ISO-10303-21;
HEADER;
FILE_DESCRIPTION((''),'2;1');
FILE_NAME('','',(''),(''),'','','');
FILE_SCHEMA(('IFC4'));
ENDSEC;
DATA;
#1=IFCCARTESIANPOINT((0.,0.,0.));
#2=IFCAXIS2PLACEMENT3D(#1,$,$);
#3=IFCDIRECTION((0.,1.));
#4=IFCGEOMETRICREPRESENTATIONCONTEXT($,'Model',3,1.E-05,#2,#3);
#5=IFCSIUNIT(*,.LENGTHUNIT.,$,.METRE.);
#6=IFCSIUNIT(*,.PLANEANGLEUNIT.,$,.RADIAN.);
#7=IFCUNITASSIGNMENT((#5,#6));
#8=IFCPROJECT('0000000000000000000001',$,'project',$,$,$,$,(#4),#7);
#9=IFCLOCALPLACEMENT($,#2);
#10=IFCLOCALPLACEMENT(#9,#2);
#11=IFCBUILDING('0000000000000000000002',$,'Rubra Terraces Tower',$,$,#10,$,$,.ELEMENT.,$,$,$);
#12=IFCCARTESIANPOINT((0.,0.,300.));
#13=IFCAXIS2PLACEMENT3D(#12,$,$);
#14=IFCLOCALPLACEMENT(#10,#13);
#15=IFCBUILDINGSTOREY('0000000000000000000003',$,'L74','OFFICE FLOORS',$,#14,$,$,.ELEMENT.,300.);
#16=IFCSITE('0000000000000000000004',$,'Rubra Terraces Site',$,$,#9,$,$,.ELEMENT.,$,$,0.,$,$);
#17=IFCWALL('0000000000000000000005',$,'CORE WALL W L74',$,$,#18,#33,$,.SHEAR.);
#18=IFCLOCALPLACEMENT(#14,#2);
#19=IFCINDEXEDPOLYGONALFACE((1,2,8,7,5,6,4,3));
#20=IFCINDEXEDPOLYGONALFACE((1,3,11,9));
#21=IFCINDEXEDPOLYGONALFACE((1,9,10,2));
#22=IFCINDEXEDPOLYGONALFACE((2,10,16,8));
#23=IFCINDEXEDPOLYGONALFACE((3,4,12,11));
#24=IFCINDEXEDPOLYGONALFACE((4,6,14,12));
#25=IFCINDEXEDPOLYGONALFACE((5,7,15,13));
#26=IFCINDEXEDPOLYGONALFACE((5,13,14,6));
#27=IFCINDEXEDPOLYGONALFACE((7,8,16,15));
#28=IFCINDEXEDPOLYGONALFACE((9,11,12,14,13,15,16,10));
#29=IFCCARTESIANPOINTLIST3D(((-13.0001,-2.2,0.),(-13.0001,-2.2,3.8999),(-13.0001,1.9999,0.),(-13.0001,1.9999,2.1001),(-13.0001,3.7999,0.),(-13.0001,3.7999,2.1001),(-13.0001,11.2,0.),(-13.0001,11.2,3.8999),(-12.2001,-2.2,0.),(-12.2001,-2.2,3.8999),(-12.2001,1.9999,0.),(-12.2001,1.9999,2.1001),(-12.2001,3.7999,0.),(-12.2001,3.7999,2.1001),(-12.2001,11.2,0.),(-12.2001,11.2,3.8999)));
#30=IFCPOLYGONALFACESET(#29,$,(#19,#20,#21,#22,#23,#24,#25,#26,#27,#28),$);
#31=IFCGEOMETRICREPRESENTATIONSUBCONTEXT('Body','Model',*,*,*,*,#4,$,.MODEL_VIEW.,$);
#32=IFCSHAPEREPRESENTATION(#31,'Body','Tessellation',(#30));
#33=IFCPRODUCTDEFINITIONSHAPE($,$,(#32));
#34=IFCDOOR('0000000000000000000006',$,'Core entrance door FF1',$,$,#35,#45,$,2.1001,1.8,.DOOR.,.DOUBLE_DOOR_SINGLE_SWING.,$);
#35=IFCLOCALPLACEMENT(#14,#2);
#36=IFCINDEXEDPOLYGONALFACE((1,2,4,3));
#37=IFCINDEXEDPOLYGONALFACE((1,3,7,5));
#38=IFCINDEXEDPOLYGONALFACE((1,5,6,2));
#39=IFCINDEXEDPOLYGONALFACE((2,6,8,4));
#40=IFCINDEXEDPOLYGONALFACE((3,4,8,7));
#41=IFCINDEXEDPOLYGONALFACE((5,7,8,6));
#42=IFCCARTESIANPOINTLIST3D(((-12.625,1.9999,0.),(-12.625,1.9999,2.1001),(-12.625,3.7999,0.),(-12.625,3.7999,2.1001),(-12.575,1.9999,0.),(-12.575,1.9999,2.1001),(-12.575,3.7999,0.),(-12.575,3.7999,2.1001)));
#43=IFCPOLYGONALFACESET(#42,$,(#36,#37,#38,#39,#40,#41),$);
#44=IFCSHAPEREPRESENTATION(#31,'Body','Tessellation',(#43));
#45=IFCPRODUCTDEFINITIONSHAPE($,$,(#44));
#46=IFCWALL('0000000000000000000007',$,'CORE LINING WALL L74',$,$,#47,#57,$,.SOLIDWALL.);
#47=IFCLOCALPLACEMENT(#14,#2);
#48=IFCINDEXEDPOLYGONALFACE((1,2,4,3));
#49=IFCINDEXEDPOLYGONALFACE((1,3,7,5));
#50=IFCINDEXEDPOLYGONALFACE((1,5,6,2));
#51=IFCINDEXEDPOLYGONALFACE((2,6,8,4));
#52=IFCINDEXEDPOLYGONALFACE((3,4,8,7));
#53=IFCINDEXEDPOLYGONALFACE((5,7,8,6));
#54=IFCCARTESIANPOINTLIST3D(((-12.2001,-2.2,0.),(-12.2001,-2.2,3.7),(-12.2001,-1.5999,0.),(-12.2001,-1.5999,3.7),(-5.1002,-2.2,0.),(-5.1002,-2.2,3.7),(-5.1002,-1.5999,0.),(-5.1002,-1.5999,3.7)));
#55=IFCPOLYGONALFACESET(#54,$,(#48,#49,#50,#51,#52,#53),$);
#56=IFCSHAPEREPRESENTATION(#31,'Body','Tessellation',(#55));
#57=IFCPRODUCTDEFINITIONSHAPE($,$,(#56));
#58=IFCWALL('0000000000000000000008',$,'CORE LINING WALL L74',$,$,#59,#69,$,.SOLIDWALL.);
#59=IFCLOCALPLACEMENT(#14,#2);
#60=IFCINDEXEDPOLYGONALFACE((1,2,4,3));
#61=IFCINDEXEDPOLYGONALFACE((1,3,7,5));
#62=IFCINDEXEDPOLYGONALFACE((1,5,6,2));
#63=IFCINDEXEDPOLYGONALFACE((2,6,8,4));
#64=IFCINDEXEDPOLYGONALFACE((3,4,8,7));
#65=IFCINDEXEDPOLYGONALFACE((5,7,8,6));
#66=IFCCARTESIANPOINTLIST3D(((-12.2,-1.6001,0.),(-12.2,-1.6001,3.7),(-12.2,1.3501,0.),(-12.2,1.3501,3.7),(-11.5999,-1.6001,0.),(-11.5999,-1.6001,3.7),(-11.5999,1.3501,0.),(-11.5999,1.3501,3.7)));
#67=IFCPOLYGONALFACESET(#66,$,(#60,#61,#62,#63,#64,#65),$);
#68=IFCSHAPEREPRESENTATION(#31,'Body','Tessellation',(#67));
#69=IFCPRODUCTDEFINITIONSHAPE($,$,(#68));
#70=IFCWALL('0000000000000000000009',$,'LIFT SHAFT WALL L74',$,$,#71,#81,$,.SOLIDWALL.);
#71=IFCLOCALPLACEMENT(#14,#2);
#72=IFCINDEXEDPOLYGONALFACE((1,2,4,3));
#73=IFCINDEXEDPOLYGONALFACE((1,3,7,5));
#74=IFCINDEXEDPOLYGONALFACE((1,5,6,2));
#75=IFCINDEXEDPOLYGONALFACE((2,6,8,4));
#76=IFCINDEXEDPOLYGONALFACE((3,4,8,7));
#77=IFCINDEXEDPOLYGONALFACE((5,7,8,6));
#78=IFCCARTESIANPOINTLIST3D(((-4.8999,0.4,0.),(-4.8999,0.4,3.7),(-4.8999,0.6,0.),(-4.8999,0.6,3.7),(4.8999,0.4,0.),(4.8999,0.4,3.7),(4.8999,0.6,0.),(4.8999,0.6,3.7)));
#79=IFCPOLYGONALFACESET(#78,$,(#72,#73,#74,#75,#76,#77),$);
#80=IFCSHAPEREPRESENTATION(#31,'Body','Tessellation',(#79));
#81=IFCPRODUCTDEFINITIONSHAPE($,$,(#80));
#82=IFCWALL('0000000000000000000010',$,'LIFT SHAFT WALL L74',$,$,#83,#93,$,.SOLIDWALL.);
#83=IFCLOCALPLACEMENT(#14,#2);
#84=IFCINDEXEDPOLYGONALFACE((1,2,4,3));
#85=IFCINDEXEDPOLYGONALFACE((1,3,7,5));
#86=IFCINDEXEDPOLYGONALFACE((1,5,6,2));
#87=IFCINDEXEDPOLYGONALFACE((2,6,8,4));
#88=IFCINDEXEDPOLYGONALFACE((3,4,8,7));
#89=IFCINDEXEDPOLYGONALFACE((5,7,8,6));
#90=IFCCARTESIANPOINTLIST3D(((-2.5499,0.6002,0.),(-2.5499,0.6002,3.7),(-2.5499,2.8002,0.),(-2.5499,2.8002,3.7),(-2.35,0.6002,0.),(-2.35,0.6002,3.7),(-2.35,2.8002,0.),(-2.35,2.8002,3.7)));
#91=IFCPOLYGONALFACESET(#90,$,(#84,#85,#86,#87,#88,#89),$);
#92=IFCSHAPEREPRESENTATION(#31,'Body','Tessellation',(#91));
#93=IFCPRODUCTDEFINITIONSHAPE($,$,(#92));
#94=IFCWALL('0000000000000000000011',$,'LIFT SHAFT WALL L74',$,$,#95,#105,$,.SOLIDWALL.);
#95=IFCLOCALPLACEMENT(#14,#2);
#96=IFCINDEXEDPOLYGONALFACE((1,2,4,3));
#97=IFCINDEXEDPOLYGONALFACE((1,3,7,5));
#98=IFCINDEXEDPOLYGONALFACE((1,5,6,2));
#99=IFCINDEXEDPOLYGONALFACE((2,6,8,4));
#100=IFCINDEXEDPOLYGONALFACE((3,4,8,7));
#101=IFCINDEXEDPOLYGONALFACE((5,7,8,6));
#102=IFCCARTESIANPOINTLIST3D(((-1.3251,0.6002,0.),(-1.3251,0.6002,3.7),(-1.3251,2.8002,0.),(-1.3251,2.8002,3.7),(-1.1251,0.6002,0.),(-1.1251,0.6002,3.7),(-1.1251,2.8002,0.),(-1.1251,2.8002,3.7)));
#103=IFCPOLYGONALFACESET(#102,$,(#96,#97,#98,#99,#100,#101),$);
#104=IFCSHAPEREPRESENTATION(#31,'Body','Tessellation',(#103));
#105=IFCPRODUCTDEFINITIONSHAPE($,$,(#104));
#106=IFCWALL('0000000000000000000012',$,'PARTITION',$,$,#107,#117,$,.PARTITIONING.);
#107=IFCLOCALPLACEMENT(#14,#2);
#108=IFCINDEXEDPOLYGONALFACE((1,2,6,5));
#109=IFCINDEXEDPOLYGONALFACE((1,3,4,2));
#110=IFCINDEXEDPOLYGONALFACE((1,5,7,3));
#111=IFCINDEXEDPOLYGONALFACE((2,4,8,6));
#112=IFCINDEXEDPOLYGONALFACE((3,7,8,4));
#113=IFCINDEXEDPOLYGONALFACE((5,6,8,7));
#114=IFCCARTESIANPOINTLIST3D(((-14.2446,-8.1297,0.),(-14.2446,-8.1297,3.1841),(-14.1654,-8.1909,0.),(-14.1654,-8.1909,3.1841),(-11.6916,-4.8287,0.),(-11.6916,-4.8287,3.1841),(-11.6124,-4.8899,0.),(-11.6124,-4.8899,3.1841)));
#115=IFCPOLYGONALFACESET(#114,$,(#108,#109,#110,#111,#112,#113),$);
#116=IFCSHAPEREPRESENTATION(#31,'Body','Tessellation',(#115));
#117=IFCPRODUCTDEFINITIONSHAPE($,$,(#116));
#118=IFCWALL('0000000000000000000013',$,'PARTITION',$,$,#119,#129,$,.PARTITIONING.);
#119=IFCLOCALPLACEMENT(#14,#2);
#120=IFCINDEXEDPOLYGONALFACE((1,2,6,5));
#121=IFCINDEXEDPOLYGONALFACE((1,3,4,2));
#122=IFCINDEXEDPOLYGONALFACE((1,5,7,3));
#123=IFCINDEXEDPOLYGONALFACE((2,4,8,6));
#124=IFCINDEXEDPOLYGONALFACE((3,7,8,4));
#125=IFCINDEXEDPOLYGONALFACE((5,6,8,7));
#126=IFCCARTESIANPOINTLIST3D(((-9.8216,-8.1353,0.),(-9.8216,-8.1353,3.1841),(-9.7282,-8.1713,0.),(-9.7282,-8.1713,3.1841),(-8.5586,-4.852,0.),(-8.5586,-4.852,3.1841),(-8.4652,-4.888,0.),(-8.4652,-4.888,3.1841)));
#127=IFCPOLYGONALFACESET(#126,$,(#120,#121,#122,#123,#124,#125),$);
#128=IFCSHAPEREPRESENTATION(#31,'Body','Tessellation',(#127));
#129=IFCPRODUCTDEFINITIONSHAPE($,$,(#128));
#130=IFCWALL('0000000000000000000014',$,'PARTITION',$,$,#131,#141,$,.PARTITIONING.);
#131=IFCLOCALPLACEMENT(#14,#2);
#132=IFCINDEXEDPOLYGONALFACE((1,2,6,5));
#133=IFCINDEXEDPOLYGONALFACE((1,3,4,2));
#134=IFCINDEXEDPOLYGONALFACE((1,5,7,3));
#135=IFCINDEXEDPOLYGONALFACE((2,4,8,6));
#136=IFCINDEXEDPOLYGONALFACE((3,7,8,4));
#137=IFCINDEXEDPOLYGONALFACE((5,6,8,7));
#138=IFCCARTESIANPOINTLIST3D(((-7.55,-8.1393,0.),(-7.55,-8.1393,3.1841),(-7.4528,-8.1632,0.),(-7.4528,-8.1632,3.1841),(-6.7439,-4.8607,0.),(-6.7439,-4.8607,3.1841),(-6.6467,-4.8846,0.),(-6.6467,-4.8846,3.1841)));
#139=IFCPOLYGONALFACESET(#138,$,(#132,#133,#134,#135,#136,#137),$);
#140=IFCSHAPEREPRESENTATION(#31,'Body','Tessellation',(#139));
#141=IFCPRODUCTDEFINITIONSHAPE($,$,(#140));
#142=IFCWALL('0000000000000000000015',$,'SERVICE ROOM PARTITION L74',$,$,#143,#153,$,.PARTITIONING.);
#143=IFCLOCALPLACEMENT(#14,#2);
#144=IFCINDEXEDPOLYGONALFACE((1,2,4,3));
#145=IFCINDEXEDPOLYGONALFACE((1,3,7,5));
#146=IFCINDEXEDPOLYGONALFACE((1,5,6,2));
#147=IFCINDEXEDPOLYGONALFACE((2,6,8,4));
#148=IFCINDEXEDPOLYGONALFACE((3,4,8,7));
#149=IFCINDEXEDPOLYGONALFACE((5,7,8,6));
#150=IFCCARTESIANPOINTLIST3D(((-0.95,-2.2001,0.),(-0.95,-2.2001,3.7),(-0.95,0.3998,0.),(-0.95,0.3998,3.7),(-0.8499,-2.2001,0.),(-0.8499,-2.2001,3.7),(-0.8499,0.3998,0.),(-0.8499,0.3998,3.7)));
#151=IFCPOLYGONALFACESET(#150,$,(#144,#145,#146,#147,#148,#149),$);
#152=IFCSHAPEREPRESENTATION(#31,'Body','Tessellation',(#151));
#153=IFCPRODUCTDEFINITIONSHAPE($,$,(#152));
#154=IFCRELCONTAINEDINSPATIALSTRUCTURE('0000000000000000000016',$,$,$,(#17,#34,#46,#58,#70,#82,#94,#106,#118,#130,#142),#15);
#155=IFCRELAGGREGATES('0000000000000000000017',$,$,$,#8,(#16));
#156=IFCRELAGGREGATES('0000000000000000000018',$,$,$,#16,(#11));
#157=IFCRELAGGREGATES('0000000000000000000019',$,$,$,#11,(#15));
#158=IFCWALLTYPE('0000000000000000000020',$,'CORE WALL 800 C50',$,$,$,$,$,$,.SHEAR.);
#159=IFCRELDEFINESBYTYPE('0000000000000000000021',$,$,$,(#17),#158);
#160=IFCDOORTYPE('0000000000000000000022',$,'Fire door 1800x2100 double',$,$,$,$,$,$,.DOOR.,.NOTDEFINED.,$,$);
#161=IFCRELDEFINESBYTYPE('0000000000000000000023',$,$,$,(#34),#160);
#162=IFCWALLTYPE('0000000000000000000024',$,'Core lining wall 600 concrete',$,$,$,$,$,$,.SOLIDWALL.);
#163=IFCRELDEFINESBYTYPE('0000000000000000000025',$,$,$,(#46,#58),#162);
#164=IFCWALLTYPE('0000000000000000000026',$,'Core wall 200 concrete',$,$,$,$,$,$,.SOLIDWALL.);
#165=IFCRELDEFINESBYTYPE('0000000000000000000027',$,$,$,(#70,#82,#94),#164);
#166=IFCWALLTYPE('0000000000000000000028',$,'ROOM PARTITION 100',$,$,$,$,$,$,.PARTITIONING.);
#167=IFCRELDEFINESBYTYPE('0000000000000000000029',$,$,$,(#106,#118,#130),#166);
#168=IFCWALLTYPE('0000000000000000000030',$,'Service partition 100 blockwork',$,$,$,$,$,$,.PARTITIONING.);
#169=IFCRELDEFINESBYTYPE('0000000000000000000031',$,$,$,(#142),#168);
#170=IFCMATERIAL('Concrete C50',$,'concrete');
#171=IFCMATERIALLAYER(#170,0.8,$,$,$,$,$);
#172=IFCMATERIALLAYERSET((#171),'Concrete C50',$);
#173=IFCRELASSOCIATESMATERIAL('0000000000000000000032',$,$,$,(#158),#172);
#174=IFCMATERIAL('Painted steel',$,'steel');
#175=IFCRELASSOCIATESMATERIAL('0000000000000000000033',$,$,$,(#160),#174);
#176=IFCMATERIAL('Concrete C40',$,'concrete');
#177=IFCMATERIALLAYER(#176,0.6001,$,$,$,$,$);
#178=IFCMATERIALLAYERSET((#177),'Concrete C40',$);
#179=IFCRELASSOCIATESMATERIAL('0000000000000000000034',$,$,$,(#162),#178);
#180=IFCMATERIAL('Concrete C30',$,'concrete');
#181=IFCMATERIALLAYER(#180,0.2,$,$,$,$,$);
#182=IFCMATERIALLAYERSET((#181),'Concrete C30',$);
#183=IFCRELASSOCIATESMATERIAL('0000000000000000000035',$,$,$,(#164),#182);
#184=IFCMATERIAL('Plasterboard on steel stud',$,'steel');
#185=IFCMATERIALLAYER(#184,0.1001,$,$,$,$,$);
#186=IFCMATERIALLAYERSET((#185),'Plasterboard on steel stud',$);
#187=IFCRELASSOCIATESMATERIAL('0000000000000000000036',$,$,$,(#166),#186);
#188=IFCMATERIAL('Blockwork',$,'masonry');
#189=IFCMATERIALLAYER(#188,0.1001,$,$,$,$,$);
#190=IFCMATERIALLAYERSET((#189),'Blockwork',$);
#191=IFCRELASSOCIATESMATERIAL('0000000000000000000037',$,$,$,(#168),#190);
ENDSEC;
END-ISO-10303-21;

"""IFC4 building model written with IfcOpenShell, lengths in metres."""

from ifc_helpers import new_model, si_unit, direction, frame, frame_2d, origin, place, context, subcontext, project, spatial, rectangle, extrude, material, layer, layer_set, type_object, element, fill, save


model = new_model("IFC4")

# Units and contexts
model_context = context("Model", 3, precision=1e-05, world=origin(), true_north=direction((0.0, 1.0)))
body_context = subcontext(model_context, "Body", "Model", "MODEL_VIEW")
ifc_project = project(units=[si_unit("LENGTHUNIT", "METRE"), si_unit("PLANEANGLEUNIT", "RADIAN")], contexts=[model_context])

# Site, building, storey
site_placement = place(None, origin())
site = spatial("IfcSite", under=ifc_project, at=site_placement, Name="Rubra Terraces Site", CompositionType="ELEMENT", RefElevation=0.0)
building_placement = place(site_placement, origin())
building = spatial("IfcBuilding", under=site, at=building_placement, Name="Rubra Terraces Tower", CompositionType="ELEMENT")
storey_placement = place(building_placement, frame((0.0, 0.0, 300.0)))
storey = spatial("IfcBuildingStorey", under=building, at=storey_placement, Name="L74", Description="OFFICE FLOORS", CompositionType="ELEMENT", Elevation=300.0)

# Shared definitions
ifc_material_1 = material(Name="Concrete C40", Category="concrete")

# Wall, opening, door
ifc_material_2 = material(Name="Concrete C50", Category="concrete")
ifc_layer_1 = layer(ifc_material_2, 0.8)
ifc_layer_set_1 = layer_set([ifc_layer_1], Name="Concrete C50")
wall_type_1 = type_object("IfcWallType", Name="CORE WALL 800 C50", PredefinedType="SHEAR", material=ifc_layer_set_1)
wall_1_placement = place(storey_placement, frame((-12.6001, -2.2, 0.0), z_axis=(0.0, 0.0, 1.0), x_axis=(0.0, 1.0, 0.0)))
wall_1 = element("IfcWall", 1, at=wall_1_placement, inside=storey, type_object=wall_type_1, Name="CORE WALL W L74", PredefinedType="SHEAR", context=body_context, shape_type="SweptSolid", body=[
    extrude(rectangle(XDim=13.3999, YDim=0.8, at=frame_2d((6.7, 0.0))), origin(), (0.0, 0.0, 1.0), 3.8999),
])
opening_1_placement = place(wall_1_placement, frame((4.2, 0.0, 0.0)))
opening_1 = element("IfcOpeningElement", 2, at=opening_1_placement, cuts=wall_1, PredefinedType="OPENING", context=body_context, shape_type="SweptSolid", body=[
    extrude(rectangle(XDim=1.8, YDim=2.1001, at=frame_2d((0.8999, 1.05))), frame((0.0, 0.4099, 0.0), z_axis=(0.0, -1.0, 0.0), x_axis=(1.0, 0.0, 0.0)), (0.0, 0.0, 1.0), 0.8201),
])
ifc_material_3 = material(Name="Painted steel", Category="steel")
door_type_1 = type_object("IfcDoorType", Name="Fire door 1800x2100 double", OperationType="NOTDEFINED", PredefinedType="DOOR", material=ifc_material_3)
door_1_placement = place(opening_1_placement, origin())
door_1 = element("IfcDoor", 3, at=door_1_placement, inside=storey, type_object=door_type_1, Name="Core entrance door FF1", OperationType="DOUBLE_DOOR_SINGLE_SWING", OverallHeight=2.1001, OverallWidth=1.8, PredefinedType="DOOR", context=body_context, shape_type="SweptSolid", body=[
    extrude(rectangle(XDim=1.8, YDim=2.1001, at=frame_2d((0.8999, 1.05))), frame((0.0, 0.0249, 0.0), z_axis=(0.0, -1.0, 0.0), x_axis=(1.0, 0.0, 0.0)), (0.0, 0.0, 1.0), 0.05),
])
fill(opening_1, door_1)

# Walls
ifc_layer_2 = layer(ifc_material_1, 0.6001)
ifc_layer_set_2 = layer_set([ifc_layer_2], Name="Concrete C40")
wall_type_2 = type_object("IfcWallType", Name="Core lining wall 600 concrete", PredefinedType="SOLIDWALL", material=ifc_layer_set_2)
wall_2_placement = place(storey_placement, frame((-12.2, -1.8999, 0.0), z_axis=(0.0, 0.0, 1.0), x_axis=(1.0, 0.0, 0.0)))
element("IfcWall", 4, at=wall_2_placement, inside=storey, type_object=wall_type_2, Name="CORE LINING WALL L74", PredefinedType="SOLIDWALL", context=body_context, shape_type="SweptSolid", body=[
    extrude(rectangle(XDim=7.0999, YDim=0.6001, at=frame_2d((3.5498, 0.0))), origin(), (0.0, 0.0, 1.0), 3.7),
])
wall_3_placement = place(storey_placement, frame((-11.8999, -1.6001, 0.0), z_axis=(0.0, 0.0, 1.0), x_axis=(0.0, 1.0, 0.0)))
element("IfcWall", 5, at=wall_3_placement, inside=storey, type_object=wall_type_2, Name="CORE LINING WALL L74", PredefinedType="SOLIDWALL", context=body_context, shape_type="SweptSolid", body=[
    extrude(rectangle(XDim=2.9502, YDim=0.6001, at=frame_2d((1.4751, 0.0))), origin(), (0.0, 0.0, 1.0), 3.7),
])
ifc_material_4 = material(Name="Concrete C30", Category="concrete")
ifc_layer_3 = layer(ifc_material_4, 0.2)
ifc_layer_set_3 = layer_set([ifc_layer_3], Name="Concrete C30")
wall_type_3 = type_object("IfcWallType", Name="Core wall 200 concrete", PredefinedType="SOLIDWALL", material=ifc_layer_set_3)
wall_4_placement = place(storey_placement, frame((-4.8999, 0.5, 0.0), z_axis=(0.0, 0.0, 1.0), x_axis=(1.0, 0.0, 0.0)))
element("IfcWall", 6, at=wall_4_placement, inside=storey, type_object=wall_type_3, Name="LIFT SHAFT WALL L74", PredefinedType="SOLIDWALL", context=body_context, shape_type="SweptSolid", body=[
    extrude(rectangle(XDim=9.7998, YDim=0.2, at=frame_2d((4.8999, 0.0))), origin(), (0.0, 0.0, 1.0), 3.7),
])
for number, where, z_axis, x_axis, name in (
    (7, (-2.45, 0.6001, 0.0), (0.0, 0.0, 1.0), (0.0, 1.0, 0.0), "LIFT SHAFT WALL L74"),
    (8, (-1.2251, 0.6001, 0.0), (0.0, 0.0, 1.0), (0.0, 1.0, 0.0), "LIFT SHAFT WALL L74"),
):
    element("IfcWall", number, at=place(storey_placement, frame(where, z_axis=z_axis, x_axis=x_axis)), inside=storey, type_object=wall_type_3, Name=name, PredefinedType="SOLIDWALL", context=body_context, shape_type="SweptSolid", body=[
        extrude(rectangle(XDim=2.2, YDim=0.2, at=frame_2d((1.1001, 0.0))), origin(), (0.0, 0.0, 1.0), 3.7),
    ])
ifc_material_5 = material(Name="Plasterboard on steel stud", Category="steel")
ifc_layer_4 = layer(ifc_material_5, 0.1001)
ifc_layer_set_4 = layer_set([ifc_layer_4], Name="Plasterboard on steel stud")
wall_type_4 = type_object("IfcWallType", Name="ROOM PARTITION 100", PredefinedType="PARTITIONING", material=ifc_layer_set_4)
wall_5_placement = place(storey_placement, frame((-11.6521, -4.8594, 0.0), z_axis=(0.0, 0.0, 1.0), x_axis=(-0.611775, -0.791031, 0.0)))
element("IfcWall", 9, at=wall_5_placement, inside=storey, type_object=wall_type_4, Name="PARTITION", PredefinedType="PARTITIONING", context=body_context, shape_type="SweptSolid", body=[
    extrude(rectangle(XDim=4.1731, YDim=0.1001, at=frame_2d((2.0864, 0.0))), origin(), (0.0, 0.0, 1.0), 3.1841),
])
wall_6_placement = place(storey_placement, frame((-8.512, -4.8701, 0.0), z_axis=(0.0, 0.0, 1.0), x_axis=(-0.359021, -0.93333, 0.0)))
element("IfcWall", 10, at=wall_6_placement, inside=storey, type_object=wall_type_4, Name="PARTITION", PredefinedType="PARTITIONING", context=body_context, shape_type="SweptSolid", body=[
    extrude(rectangle(XDim=3.5178, YDim=0.1001, at=frame_2d((1.7588, 0.0))), origin(), (0.0, 0.0, 1.0), 3.1841),
])
wall_7_placement = place(storey_placement, frame((-6.6953, -4.8728, 0.0), z_axis=(0.0, 0.0, 1.0), x_axis=(-0.238774, -0.971075, 0.0)))
element("IfcWall", 11, at=wall_7_placement, inside=storey, type_object=wall_type_4, Name="PARTITION", PredefinedType="PARTITIONING", context=body_context, shape_type="SweptSolid", body=[
    extrude(rectangle(XDim=3.3762, YDim=0.1001, at=frame_2d((1.688, 0.0))), origin(), (0.0, 0.0, 1.0), 3.1841),
])
ifc_material_6 = material(Name="Blockwork", Category="masonry")
ifc_layer_5 = layer(ifc_material_6, 0.1001)
ifc_layer_set_5 = layer_set([ifc_layer_5], Name="Blockwork")
wall_type_5 = type_object("IfcWallType", Name="Service partition 100 blockwork", PredefinedType="PARTITIONING", material=ifc_layer_set_5)
wall_8_placement = place(storey_placement, frame((-0.8999, -2.2, 0.0), z_axis=(0.0, 0.0, 1.0), x_axis=(0.0, 1.0, 0.0)))
element("IfcWall", 12, at=wall_8_placement, inside=storey, type_object=wall_type_5, Name="SERVICE ROOM PARTITION L74", PredefinedType="PARTITIONING", context=body_context, shape_type="SweptSolid", body=[
    extrude(rectangle(XDim=2.5999, YDim=0.1001, at=frame_2d((1.2998, 0.0))), origin(), (0.0, 0.0, 1.0), 3.7),
])

save(model, "model.ifc")
